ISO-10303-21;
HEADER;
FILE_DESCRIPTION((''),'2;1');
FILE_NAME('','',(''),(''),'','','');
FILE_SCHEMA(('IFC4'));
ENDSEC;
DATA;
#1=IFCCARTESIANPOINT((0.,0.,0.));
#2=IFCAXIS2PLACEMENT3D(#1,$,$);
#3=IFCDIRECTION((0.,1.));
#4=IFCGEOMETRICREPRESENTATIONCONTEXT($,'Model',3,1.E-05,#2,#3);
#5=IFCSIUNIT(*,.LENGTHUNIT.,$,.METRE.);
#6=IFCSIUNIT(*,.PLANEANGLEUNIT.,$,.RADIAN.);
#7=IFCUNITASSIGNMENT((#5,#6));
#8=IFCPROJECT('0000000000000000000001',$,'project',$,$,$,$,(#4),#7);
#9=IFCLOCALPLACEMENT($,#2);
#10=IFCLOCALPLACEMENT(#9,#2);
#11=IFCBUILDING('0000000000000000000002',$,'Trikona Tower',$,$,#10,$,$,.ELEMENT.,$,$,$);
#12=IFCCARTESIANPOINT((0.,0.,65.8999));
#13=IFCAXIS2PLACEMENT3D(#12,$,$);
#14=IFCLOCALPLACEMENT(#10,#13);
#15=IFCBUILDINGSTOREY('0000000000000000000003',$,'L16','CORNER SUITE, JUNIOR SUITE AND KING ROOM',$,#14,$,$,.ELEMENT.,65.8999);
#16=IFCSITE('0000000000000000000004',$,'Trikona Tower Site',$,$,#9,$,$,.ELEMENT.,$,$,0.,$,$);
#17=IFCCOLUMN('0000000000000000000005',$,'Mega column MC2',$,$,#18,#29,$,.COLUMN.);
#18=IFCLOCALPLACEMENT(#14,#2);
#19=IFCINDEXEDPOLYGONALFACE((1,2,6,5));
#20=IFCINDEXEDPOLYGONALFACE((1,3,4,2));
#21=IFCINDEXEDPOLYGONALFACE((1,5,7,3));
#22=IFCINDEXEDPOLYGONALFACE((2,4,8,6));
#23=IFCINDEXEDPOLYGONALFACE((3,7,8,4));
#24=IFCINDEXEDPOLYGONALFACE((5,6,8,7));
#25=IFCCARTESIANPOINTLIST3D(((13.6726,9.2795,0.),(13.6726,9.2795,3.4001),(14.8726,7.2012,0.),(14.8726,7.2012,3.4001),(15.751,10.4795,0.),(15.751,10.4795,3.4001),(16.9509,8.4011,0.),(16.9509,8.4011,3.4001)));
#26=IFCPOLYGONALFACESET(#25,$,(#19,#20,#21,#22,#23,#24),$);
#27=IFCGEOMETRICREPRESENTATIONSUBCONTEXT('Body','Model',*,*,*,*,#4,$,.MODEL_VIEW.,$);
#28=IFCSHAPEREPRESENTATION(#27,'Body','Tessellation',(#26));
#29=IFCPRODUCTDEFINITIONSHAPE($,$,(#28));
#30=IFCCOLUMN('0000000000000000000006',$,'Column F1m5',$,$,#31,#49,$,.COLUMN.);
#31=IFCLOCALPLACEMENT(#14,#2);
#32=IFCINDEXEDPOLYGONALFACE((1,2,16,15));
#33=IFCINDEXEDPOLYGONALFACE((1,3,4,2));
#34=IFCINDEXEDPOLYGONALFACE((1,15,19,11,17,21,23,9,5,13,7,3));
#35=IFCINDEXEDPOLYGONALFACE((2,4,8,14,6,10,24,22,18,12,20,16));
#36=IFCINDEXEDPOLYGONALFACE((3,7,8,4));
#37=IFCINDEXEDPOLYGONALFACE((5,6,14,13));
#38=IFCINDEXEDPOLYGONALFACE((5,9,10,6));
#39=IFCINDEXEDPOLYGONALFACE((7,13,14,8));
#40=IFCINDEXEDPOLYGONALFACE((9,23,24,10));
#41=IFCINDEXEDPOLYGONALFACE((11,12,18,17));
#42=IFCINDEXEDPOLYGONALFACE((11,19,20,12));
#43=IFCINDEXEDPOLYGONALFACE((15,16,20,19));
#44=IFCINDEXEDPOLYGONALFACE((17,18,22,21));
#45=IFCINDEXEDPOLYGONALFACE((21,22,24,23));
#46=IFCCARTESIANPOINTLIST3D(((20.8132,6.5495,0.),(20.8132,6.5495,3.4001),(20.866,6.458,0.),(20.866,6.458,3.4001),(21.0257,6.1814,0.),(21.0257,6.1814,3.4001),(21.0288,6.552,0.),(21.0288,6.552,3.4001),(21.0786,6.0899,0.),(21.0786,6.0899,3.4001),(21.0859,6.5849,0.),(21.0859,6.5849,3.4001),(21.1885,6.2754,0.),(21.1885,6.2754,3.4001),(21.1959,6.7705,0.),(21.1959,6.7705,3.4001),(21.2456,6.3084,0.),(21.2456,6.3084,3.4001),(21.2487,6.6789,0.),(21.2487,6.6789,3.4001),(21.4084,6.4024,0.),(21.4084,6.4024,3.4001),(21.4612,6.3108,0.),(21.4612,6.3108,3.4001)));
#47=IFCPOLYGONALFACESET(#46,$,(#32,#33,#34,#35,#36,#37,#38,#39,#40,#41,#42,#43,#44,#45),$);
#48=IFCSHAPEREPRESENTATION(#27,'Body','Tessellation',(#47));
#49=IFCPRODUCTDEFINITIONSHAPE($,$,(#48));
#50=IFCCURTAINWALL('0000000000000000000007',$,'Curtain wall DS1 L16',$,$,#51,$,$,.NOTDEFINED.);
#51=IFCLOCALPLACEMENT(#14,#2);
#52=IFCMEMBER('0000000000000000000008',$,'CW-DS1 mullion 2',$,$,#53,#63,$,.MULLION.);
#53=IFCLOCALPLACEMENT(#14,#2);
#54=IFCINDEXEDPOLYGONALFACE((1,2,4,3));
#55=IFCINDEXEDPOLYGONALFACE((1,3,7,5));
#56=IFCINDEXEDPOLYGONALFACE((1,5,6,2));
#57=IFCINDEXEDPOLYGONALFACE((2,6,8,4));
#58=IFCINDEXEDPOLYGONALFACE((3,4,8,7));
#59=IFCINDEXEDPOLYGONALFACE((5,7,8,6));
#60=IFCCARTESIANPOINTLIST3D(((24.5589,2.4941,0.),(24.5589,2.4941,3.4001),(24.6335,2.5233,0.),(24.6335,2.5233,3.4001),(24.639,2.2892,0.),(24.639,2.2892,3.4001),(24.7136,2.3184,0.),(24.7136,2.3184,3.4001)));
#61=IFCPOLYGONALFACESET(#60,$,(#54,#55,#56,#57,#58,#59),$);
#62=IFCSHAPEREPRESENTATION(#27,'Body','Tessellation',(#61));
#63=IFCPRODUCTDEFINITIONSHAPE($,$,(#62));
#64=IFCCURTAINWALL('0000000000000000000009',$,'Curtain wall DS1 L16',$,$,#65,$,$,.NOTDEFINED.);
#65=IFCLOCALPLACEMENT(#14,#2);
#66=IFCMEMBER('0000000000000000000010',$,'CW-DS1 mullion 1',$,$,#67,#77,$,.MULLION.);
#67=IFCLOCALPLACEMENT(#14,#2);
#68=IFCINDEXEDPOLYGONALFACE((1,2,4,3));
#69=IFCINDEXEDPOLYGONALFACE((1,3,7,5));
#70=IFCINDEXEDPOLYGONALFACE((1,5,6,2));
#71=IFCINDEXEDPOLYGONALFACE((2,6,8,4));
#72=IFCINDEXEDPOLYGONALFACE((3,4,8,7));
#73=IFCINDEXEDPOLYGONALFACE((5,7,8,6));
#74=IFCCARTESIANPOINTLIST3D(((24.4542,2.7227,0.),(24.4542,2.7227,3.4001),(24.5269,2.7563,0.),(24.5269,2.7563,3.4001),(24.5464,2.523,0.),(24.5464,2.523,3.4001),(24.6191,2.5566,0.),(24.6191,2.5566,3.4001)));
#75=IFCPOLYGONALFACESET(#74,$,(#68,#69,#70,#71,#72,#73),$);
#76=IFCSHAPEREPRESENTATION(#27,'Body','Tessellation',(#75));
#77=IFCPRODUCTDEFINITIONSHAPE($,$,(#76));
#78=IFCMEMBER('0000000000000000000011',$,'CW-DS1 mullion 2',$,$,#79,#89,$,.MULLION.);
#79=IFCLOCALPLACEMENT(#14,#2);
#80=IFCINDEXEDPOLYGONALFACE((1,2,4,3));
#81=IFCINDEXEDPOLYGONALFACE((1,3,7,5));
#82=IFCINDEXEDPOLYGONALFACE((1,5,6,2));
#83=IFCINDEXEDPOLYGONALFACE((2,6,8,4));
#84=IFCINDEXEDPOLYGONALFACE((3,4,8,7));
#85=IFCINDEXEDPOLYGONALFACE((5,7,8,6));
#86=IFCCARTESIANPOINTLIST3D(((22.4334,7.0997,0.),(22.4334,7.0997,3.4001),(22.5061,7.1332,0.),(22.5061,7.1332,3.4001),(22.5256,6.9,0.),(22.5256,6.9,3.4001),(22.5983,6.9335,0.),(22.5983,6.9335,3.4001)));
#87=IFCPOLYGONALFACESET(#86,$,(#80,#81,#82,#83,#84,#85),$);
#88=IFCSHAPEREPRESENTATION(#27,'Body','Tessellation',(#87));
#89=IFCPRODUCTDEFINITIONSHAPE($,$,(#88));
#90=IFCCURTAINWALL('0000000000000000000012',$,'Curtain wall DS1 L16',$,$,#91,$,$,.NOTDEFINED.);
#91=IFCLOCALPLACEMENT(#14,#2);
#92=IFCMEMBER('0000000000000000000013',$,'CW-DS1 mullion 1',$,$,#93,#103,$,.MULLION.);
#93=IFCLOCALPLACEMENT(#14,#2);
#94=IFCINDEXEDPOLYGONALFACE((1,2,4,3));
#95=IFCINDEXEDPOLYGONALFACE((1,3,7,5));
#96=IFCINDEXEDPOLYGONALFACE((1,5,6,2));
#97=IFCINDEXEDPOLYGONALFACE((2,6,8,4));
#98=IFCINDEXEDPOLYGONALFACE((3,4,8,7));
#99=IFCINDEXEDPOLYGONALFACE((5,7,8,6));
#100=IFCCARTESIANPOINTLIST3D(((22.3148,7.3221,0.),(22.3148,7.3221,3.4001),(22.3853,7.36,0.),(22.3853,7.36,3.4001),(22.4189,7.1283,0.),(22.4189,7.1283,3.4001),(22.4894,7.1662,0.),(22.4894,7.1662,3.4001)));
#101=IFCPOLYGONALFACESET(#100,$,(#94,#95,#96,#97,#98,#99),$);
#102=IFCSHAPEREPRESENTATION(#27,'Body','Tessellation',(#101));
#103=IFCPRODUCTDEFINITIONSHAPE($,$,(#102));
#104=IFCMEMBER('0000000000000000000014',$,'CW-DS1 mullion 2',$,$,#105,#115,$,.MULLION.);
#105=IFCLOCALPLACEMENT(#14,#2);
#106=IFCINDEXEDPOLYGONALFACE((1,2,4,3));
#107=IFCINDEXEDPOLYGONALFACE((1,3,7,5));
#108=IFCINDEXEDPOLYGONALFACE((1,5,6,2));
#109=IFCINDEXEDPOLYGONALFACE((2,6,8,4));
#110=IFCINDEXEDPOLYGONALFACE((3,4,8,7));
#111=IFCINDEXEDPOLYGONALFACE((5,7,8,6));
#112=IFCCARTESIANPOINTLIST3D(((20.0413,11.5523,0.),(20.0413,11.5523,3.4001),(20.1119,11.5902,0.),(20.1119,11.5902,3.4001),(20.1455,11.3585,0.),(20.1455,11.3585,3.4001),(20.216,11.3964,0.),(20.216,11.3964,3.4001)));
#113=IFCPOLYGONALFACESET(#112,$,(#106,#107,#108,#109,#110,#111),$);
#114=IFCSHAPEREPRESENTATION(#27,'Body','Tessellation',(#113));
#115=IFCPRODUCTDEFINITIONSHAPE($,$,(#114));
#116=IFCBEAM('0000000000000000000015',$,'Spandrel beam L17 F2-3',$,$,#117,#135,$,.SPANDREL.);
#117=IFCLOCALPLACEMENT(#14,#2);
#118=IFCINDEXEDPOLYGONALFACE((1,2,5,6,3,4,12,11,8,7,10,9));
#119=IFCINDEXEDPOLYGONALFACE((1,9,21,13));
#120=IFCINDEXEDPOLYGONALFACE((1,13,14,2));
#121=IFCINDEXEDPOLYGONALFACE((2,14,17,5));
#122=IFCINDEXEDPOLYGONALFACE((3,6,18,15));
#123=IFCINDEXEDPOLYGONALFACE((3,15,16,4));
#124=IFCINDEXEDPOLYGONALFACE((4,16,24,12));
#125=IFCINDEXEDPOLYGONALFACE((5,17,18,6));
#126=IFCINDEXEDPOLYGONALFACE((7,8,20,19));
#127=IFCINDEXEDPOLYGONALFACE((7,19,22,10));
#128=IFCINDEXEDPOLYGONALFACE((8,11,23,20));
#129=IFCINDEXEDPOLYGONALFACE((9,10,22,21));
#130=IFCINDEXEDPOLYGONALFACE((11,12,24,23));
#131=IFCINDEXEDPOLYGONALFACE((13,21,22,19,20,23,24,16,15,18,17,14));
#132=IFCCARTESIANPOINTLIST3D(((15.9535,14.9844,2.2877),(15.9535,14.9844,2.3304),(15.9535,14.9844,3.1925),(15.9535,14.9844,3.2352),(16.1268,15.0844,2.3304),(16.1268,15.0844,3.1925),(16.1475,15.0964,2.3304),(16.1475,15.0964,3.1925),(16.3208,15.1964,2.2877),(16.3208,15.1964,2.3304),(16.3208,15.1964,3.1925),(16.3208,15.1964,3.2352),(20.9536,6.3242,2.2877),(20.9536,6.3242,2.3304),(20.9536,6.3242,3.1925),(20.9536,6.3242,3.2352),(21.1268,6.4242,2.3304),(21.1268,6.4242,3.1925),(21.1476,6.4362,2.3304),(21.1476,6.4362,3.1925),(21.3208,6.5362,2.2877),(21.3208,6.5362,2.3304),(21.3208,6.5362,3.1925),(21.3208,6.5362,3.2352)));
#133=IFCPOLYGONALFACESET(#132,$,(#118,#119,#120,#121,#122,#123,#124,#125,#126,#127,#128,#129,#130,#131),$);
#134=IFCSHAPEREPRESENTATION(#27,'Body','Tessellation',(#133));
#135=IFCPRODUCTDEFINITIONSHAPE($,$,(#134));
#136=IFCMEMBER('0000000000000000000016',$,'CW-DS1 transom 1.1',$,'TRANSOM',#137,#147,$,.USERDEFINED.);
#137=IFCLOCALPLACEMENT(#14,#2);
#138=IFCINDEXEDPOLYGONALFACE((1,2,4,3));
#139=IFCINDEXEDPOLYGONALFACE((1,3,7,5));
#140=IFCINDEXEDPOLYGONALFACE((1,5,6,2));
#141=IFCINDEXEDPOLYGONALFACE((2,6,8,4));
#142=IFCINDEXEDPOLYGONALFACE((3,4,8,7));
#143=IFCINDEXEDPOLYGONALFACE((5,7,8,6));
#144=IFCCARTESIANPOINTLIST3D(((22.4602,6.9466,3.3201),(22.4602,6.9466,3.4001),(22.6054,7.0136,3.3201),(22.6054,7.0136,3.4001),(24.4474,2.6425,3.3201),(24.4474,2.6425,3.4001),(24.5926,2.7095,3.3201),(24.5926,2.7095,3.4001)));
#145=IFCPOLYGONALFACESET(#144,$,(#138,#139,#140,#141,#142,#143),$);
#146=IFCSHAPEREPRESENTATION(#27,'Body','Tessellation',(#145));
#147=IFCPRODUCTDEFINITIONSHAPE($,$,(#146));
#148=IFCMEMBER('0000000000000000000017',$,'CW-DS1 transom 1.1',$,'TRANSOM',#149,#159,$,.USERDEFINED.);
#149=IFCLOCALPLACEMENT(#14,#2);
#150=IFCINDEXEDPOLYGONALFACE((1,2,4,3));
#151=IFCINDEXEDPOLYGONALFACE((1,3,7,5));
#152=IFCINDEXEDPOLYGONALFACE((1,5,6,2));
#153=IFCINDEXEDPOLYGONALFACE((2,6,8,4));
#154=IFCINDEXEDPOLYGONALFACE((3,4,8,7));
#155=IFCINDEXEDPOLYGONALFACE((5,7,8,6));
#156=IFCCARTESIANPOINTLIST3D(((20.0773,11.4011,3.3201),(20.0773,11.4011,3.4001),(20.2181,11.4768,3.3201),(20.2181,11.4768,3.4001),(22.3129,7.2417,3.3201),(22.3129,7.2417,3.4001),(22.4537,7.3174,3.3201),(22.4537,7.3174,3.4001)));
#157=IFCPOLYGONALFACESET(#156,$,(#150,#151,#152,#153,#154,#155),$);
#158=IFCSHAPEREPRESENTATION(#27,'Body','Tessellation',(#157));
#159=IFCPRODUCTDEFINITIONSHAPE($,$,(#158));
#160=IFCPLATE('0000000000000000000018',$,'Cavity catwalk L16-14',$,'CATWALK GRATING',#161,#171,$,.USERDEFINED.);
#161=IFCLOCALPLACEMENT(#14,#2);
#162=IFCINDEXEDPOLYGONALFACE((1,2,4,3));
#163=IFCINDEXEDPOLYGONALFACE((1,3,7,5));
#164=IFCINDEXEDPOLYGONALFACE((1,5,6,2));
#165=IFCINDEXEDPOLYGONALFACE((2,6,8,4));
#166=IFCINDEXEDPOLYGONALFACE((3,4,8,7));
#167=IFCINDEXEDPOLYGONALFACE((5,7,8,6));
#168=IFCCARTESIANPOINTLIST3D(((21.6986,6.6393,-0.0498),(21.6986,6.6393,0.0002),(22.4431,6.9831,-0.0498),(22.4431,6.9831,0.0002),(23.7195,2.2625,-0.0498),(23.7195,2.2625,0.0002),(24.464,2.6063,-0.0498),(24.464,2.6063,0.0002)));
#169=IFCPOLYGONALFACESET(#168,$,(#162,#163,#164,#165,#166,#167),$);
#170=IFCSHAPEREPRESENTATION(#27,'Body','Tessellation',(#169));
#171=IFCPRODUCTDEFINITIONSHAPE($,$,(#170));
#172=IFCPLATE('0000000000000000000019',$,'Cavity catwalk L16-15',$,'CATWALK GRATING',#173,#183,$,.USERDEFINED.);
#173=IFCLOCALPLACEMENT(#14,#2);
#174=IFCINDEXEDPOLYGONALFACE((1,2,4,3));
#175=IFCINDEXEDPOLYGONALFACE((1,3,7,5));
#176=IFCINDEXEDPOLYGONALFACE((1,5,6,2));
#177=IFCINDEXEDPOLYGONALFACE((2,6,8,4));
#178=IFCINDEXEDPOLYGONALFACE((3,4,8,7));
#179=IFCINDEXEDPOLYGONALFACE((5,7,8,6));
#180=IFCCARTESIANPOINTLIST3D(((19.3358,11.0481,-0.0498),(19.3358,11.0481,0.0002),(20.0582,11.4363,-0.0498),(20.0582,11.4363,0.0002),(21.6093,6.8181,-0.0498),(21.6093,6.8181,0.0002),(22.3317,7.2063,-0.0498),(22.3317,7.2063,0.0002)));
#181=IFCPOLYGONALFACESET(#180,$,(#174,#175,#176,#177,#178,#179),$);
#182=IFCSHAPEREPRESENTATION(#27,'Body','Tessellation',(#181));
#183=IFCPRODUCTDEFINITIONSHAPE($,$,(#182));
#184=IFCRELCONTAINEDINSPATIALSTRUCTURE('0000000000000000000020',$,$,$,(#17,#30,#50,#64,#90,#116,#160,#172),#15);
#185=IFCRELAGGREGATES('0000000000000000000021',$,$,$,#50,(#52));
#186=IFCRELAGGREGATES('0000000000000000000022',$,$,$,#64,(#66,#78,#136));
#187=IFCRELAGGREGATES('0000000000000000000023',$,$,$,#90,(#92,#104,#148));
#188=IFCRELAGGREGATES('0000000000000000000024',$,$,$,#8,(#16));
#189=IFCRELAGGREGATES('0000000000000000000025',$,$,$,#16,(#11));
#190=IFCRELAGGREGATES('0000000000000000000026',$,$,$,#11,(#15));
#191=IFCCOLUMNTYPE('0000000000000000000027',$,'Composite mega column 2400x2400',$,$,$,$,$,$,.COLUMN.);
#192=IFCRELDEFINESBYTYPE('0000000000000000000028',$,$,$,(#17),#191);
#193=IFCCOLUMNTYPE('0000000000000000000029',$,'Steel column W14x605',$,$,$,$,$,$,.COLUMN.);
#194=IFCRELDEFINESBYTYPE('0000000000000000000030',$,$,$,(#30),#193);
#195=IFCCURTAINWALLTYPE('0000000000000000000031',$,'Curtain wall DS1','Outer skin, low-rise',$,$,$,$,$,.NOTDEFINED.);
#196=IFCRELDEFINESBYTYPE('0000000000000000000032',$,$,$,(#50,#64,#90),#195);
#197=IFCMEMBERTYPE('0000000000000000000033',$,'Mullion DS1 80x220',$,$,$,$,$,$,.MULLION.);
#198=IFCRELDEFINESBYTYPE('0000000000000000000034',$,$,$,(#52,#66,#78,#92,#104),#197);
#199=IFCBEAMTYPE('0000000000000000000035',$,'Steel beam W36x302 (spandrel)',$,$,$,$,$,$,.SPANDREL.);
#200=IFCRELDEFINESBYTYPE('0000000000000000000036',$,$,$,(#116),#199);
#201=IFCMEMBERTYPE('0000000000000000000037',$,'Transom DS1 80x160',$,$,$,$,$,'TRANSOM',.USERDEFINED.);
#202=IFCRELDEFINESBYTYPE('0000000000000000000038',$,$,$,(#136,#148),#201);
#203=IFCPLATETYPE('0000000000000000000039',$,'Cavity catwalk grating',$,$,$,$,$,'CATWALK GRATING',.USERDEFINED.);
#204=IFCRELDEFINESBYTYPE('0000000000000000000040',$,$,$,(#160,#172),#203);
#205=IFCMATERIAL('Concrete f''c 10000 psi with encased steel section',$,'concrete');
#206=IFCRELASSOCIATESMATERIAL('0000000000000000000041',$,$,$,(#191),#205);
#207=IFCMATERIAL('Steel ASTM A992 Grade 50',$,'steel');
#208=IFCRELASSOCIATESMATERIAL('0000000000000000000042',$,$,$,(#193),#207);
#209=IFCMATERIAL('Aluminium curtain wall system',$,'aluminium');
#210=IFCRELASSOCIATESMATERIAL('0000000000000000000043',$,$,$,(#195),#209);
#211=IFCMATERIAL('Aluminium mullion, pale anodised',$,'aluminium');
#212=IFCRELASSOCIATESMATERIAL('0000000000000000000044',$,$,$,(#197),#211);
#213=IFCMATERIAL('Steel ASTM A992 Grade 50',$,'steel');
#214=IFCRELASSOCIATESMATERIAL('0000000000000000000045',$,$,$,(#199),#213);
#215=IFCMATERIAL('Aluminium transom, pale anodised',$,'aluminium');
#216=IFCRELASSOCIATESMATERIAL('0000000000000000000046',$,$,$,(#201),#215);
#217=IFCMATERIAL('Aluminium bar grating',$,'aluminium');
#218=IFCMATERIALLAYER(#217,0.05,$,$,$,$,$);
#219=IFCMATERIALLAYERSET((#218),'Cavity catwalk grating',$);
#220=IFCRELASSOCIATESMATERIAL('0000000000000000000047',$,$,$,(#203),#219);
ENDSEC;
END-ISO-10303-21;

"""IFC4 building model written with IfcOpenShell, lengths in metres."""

from ifc_helpers import new_model, si_unit, direction, frame, origin, origin_2d, place, context, subcontext, project, spatial, rectangle, i_section, extrude, material, layer, layer_set, material_profile, profile_set, type_object, element, aggregate, save


model = new_model("IFC4")

# Units and contexts
model_context = context("Model", 3, precision=1e-05, world=origin(), true_north=direction((0.0, 1.0)))
body_context = subcontext(model_context, "Body", "Model", "MODEL_VIEW")
ifc_project = project(units=[si_unit("LENGTHUNIT", "METRE"), si_unit("PLANEANGLEUNIT", "RADIAN")], contexts=[model_context])

# Site, building, storey
site_placement = place(None, origin())
site = spatial("IfcSite", under=ifc_project, at=site_placement, Name="Trikona Tower Site", CompositionType="ELEMENT", RefElevation=0.0)
building_placement = place(site_placement, origin())
building = spatial("IfcBuilding", under=site, at=building_placement, Name="Trikona Tower", CompositionType="ELEMENT")
storey_placement = place(building_placement, frame((0.0, 0.0, 65.8999)))
storey = spatial("IfcBuildingStorey", under=building, at=storey_placement, Name="L16", Description="CORNER SUITE, JUNIOR SUITE AND KING ROOM", CompositionType="ELEMENT", Elevation=65.8999)

# Columns
ifc_material_1 = material(Name="Concrete f'c 10000 psi with encased steel section", Category="concrete")
ifc_material_profile_1 = material_profile(ifc_material_1, rectangle(XDim=2.3999, YDim=2.3999, at=origin_2d()), Name="MC2400")
ifc_profile_set_1 = profile_set([ifc_material_profile_1], Name="Concrete f'c 10000 psi with encased steel section")
column_type_1 = type_object("IfcColumnType", Name="Composite mega column 2400x2400", PredefinedType="COLUMN", material=ifc_profile_set_1)
column_1_placement = place(storey_placement, frame((15.3118, 8.8403, 0.0), z_axis=(0.0, 0.0, 1.0), x_axis=(0.866025, 0.5, 0.0)))
element("IfcColumn", 1, at=column_1_placement, inside=storey, type_object=column_type_1, Name="Mega column MC2", PredefinedType="COLUMN", context=body_context, shape_type="SweptSolid", body=[
    extrude(rectangle(XDim=2.3999, YDim=2.3999, at=origin_2d()), origin(), (0.0, 0.0, 1.0), 3.4001),
])
ifc_material_2 = material(Name="Steel ASTM A992 Grade 50", Category="steel")
ifc_material_profile_2 = material_profile(ifc_material_2, i_section(OverallWidth=0.4419, OverallDepth=0.5308, WebThickness=0.0659, FlangeThickness=0.1057, at=origin_2d()), Name="W14X605")
ifc_profile_set_2 = profile_set([ifc_material_profile_2], Name="Steel ASTM A992 Grade 50")
column_type_2 = type_object("IfcColumnType", Name="Steel column W14x605", PredefinedType="COLUMN", material=ifc_profile_set_2)
column_2_placement = place(storey_placement, frame((21.1372, 6.4302, 0.0), z_axis=(0.0, 0.0, 1.0), x_axis=(0.866025, 0.5, 0.0)))
element("IfcColumn", 2, at=column_2_placement, inside=storey, type_object=column_type_2, Name="Column F1m5", PredefinedType="COLUMN", context=body_context, shape_type="SweptSolid", body=[
    extrude(i_section(OverallWidth=0.4419, OverallDepth=0.5308, WebThickness=0.0659, FlangeThickness=0.1057, at=origin_2d()), origin(), (0.0, 0.0, 1.0), 3.4001),
])

# Curtain wall, member
ifc_material_3 = material(Name="Aluminium curtain wall system", Category="aluminium")
curtain_wall_type = type_object("IfcCurtainWallType", Name="Curtain wall DS1", Description="Outer skin, low-rise", PredefinedType="NOTDEFINED", material=ifc_material_3)
curtain_wall_1_placement = place(storey_placement, origin())
curtain_wall_1 = element("IfcCurtainWall", 3, at=curtain_wall_1_placement, inside=storey, type_object=curtain_wall_type, Name="Curtain wall DS1 L16", PredefinedType="NOTDEFINED")
ifc_material_4 = material(Name="Aluminium mullion, pale anodised", Category="aluminium")
ifc_material_profile_3 = material_profile(ifc_material_4, rectangle(XDim=0.0801, YDim=0.22, at=origin_2d()), Name="MUL-DS1")
ifc_profile_set_3 = profile_set([ifc_material_profile_3], Name="Aluminium mullion, pale anodised")
member_type_1 = type_object("IfcMemberType", Name="Mullion DS1 80x220", PredefinedType="MULLION", material=ifc_profile_set_3)
member_1_placement = place(storey_placement, frame((24.6362, 2.4062, 0.0), z_axis=(0.0, 0.0, 1.0), x_axis=(-0.931396, -0.364008, 0.0)))
member_1 = element("IfcMember", 4, at=member_1_placement, type_object=member_type_1, Name="CW-DS1 mullion 2", PredefinedType="MULLION", context=body_context, shape_type="SweptSolid", body=[
    extrude(rectangle(XDim=0.0801, YDim=0.22, at=origin_2d()), origin(), (0.0, 0.0, 1.0), 3.4001),
])

# Curtain walls, members
curtain_wall_2_placement = place(storey_placement, origin())
curtain_wall_2 = element("IfcCurtainWall", 5, at=curtain_wall_2_placement, inside=storey, type_object=curtain_wall_type, Name="Curtain wall DS1 L16", PredefinedType="NOTDEFINED")
member_2_placement = place(storey_placement, frame((24.5366, 2.6396, 0.0), z_axis=(0.0, 0.0, 1.0), x_axis=(-0.907898, -0.41919, 0.0)))
member_2 = element("IfcMember", 6, at=member_2_placement, type_object=member_type_1, Name="CW-DS1 mullion 1", PredefinedType="MULLION", context=body_context, shape_type="SweptSolid", body=[
    extrude(rectangle(XDim=0.0801, YDim=0.22, at=origin_2d()), origin(), (0.0, 0.0, 1.0), 3.4001),
])
member_3_placement = place(storey_placement, frame((22.5159, 7.0166, 0.0), z_axis=(0.0, 0.0, 1.0), x_axis=(-0.907898, -0.41919, 0.0)))
member_3 = element("IfcMember", 7, at=member_3_placement, type_object=member_type_1, Name="CW-DS1 mullion 2", PredefinedType="MULLION", context=body_context, shape_type="SweptSolid", body=[
    extrude(rectangle(XDim=0.0801, YDim=0.22, at=origin_2d()), origin(), (0.0, 0.0, 1.0), 3.4001),
])
curtain_wall_3_placement = place(storey_placement, origin())
curtain_wall_3 = element("IfcCurtainWall", 8, at=curtain_wall_3_placement, inside=storey, type_object=curtain_wall_type, Name="Curtain wall DS1 L16", PredefinedType="NOTDEFINED")
member_4_placement = place(storey_placement, frame((22.4021, 7.2441, 0.0), z_axis=(0.0, 0.0, 1.0), x_axis=(-0.880843, -0.473408, 0.0)))
member_4 = element("IfcMember", 9, at=member_4_placement, type_object=member_type_1, Name="CW-DS1 mullion 1", PredefinedType="MULLION", context=body_context, shape_type="SweptSolid", body=[
    extrude(rectangle(XDim=0.0801, YDim=0.22, at=origin_2d()), origin(), (0.0, 0.0, 1.0), 3.4001),
])
member_5_placement = place(storey_placement, frame((20.1287, 11.4744, 0.0), z_axis=(0.0, 0.0, 1.0), x_axis=(-0.880843, -0.473408, 0.0)))
member_5 = element("IfcMember", 10, at=member_5_placement, type_object=member_type_1, Name="CW-DS1 mullion 2", PredefinedType="MULLION", context=body_context, shape_type="SweptSolid", body=[
    extrude(rectangle(XDim=0.0801, YDim=0.22, at=origin_2d()), origin(), (0.0, 0.0, 1.0), 3.4001),
])

# Beam
ifc_material_5 = material(Name="Steel ASTM A992 Grade 50", Category="steel")
ifc_material_profile_4 = material_profile(ifc_material_5, i_section(OverallWidth=0.4241, OverallDepth=0.9475, WebThickness=0.0239, FlangeThickness=0.0427, at=origin_2d()), Name="W36X302")
ifc_profile_set_4 = profile_set([ifc_material_profile_4], Name="Steel ASTM A992 Grade 50")
beam_type = type_object("IfcBeamType", Name="Steel beam W36x302 (spandrel)", PredefinedType="SPANDREL", material=ifc_profile_set_4)
beam_placement = place(storey_placement, frame((21.1372, 6.4302, 2.7615), z_axis=(-0.500004, 0.866023, 0.0), x_axis=(-0.866023, -0.500004, 0.0)))
element("IfcBeam", 11, at=beam_placement, inside=storey, type_object=beam_type, Name="Spandrel beam L17 F2-3", PredefinedType="SPANDREL", context=body_context, shape_type="SweptSolid", body=[
    extrude(i_section(OverallWidth=0.4241, OverallDepth=0.9475, WebThickness=0.0239, FlangeThickness=0.0427, at=origin_2d()), origin(), (0.0, 0.0, 1.0), 10.0),
])

# Members
ifc_material_6 = material(Name="Aluminium transom, pale anodised", Category="aluminium")
ifc_material_profile_5 = material_profile(ifc_material_6, rectangle(XDim=0.1599, YDim=0.0801, at=origin_2d()), Name="TRN-DS1")
ifc_profile_set_5 = profile_set([ifc_material_profile_5], Name="Aluminium transom, pale anodised")
member_type_2 = type_object("IfcMemberType", Name="Transom DS1 80x160", ElementType="TRANSOM", PredefinedType="USERDEFINED", material=ifc_profile_set_5)
member_6_placement = place(storey_placement, frame((24.52, 2.676, 3.3601), z_axis=(-0.419189, 0.907899, 0.0), x_axis=(-0.907899, -0.419189, 0.0)))
member_6 = element("IfcMember", 12, at=member_6_placement, type_object=member_type_2, Name="CW-DS1 transom 1.1", ObjectType="TRANSOM", PredefinedType="USERDEFINED", context=body_context, shape_type="SweptSolid", body=[
    extrude(rectangle(XDim=0.1599, YDim=0.0801, at=origin_2d()), origin(), (0.0, 0.0, 1.0), 4.7407),
])
member_7_placement = place(storey_placement, frame((22.3833, 7.2795, 3.3601), z_axis=(-0.473428, 0.880833, 0.0), x_axis=(-0.880833, -0.473428, 0.0)))
member_7 = element("IfcMember", 13, at=member_7_placement, type_object=member_type_2, Name="CW-DS1 transom 1.1", ObjectType="TRANSOM", PredefinedType="USERDEFINED", context=body_context, shape_type="SweptSolid", body=[
    extrude(rectangle(XDim=0.1599, YDim=0.0801, at=origin_2d()), origin(), (0.0, 0.0, 1.0), 4.7222),
])

# Plates
ifc_material_7 = material(Name="Aluminium bar grating", Category="aluminium")
ifc_layer_1 = layer(ifc_material_7, 0.05)
ifc_layer_set_1 = layer_set([ifc_layer_1], Name="Cavity catwalk grating")
plate_type_1 = type_object("IfcPlateType", Name="Cavity catwalk grating", ElementType="CATWALK GRATING", PredefinedType="USERDEFINED", material=ifc_layer_set_1)
plate_1_placement = place(storey_placement, frame((23.0813, 4.6228, -0.0498), z_axis=(0.0, 0.0, 1.0), x_axis=(-0.419194, 0.907897, 0.0)))
element("IfcPlate", 14, at=plate_1_placement, inside=storey, type_object=plate_type_1, Name="Cavity catwalk L16-14", ObjectType="CATWALK GRATING", PredefinedType="USERDEFINED", context=body_context, shape_type="SweptSolid", body=[
    extrude(rectangle(XDim=4.8208, YDim=0.8201, at=origin_2d()), origin(), (0.0, 0.0, 1.0), 0.05),
])
plate_2_placement = place(storey_placement, frame((20.8337, 9.1272, -0.0498), z_axis=(0.0, 0.0, 1.0), x_axis=(-0.473423, 0.880835, 0.0)))
element("IfcPlate", 15, at=plate_2_placement, inside=storey, type_object=plate_type_1, Name="Cavity catwalk L16-15", ObjectType="CATWALK GRATING", PredefinedType="USERDEFINED", context=body_context, shape_type="SweptSolid", body=[
    extrude(rectangle(XDim=4.8022, YDim=0.8201, at=origin_2d()), origin(), (0.0, 0.0, 1.0), 0.05),
])

aggregate(curtain_wall_1, [member_1])
aggregate(curtain_wall_2, [member_2, member_3, member_6])
aggregate(curtain_wall_3, [member_4, member_5, member_7])

save(model, "model.ifc")
